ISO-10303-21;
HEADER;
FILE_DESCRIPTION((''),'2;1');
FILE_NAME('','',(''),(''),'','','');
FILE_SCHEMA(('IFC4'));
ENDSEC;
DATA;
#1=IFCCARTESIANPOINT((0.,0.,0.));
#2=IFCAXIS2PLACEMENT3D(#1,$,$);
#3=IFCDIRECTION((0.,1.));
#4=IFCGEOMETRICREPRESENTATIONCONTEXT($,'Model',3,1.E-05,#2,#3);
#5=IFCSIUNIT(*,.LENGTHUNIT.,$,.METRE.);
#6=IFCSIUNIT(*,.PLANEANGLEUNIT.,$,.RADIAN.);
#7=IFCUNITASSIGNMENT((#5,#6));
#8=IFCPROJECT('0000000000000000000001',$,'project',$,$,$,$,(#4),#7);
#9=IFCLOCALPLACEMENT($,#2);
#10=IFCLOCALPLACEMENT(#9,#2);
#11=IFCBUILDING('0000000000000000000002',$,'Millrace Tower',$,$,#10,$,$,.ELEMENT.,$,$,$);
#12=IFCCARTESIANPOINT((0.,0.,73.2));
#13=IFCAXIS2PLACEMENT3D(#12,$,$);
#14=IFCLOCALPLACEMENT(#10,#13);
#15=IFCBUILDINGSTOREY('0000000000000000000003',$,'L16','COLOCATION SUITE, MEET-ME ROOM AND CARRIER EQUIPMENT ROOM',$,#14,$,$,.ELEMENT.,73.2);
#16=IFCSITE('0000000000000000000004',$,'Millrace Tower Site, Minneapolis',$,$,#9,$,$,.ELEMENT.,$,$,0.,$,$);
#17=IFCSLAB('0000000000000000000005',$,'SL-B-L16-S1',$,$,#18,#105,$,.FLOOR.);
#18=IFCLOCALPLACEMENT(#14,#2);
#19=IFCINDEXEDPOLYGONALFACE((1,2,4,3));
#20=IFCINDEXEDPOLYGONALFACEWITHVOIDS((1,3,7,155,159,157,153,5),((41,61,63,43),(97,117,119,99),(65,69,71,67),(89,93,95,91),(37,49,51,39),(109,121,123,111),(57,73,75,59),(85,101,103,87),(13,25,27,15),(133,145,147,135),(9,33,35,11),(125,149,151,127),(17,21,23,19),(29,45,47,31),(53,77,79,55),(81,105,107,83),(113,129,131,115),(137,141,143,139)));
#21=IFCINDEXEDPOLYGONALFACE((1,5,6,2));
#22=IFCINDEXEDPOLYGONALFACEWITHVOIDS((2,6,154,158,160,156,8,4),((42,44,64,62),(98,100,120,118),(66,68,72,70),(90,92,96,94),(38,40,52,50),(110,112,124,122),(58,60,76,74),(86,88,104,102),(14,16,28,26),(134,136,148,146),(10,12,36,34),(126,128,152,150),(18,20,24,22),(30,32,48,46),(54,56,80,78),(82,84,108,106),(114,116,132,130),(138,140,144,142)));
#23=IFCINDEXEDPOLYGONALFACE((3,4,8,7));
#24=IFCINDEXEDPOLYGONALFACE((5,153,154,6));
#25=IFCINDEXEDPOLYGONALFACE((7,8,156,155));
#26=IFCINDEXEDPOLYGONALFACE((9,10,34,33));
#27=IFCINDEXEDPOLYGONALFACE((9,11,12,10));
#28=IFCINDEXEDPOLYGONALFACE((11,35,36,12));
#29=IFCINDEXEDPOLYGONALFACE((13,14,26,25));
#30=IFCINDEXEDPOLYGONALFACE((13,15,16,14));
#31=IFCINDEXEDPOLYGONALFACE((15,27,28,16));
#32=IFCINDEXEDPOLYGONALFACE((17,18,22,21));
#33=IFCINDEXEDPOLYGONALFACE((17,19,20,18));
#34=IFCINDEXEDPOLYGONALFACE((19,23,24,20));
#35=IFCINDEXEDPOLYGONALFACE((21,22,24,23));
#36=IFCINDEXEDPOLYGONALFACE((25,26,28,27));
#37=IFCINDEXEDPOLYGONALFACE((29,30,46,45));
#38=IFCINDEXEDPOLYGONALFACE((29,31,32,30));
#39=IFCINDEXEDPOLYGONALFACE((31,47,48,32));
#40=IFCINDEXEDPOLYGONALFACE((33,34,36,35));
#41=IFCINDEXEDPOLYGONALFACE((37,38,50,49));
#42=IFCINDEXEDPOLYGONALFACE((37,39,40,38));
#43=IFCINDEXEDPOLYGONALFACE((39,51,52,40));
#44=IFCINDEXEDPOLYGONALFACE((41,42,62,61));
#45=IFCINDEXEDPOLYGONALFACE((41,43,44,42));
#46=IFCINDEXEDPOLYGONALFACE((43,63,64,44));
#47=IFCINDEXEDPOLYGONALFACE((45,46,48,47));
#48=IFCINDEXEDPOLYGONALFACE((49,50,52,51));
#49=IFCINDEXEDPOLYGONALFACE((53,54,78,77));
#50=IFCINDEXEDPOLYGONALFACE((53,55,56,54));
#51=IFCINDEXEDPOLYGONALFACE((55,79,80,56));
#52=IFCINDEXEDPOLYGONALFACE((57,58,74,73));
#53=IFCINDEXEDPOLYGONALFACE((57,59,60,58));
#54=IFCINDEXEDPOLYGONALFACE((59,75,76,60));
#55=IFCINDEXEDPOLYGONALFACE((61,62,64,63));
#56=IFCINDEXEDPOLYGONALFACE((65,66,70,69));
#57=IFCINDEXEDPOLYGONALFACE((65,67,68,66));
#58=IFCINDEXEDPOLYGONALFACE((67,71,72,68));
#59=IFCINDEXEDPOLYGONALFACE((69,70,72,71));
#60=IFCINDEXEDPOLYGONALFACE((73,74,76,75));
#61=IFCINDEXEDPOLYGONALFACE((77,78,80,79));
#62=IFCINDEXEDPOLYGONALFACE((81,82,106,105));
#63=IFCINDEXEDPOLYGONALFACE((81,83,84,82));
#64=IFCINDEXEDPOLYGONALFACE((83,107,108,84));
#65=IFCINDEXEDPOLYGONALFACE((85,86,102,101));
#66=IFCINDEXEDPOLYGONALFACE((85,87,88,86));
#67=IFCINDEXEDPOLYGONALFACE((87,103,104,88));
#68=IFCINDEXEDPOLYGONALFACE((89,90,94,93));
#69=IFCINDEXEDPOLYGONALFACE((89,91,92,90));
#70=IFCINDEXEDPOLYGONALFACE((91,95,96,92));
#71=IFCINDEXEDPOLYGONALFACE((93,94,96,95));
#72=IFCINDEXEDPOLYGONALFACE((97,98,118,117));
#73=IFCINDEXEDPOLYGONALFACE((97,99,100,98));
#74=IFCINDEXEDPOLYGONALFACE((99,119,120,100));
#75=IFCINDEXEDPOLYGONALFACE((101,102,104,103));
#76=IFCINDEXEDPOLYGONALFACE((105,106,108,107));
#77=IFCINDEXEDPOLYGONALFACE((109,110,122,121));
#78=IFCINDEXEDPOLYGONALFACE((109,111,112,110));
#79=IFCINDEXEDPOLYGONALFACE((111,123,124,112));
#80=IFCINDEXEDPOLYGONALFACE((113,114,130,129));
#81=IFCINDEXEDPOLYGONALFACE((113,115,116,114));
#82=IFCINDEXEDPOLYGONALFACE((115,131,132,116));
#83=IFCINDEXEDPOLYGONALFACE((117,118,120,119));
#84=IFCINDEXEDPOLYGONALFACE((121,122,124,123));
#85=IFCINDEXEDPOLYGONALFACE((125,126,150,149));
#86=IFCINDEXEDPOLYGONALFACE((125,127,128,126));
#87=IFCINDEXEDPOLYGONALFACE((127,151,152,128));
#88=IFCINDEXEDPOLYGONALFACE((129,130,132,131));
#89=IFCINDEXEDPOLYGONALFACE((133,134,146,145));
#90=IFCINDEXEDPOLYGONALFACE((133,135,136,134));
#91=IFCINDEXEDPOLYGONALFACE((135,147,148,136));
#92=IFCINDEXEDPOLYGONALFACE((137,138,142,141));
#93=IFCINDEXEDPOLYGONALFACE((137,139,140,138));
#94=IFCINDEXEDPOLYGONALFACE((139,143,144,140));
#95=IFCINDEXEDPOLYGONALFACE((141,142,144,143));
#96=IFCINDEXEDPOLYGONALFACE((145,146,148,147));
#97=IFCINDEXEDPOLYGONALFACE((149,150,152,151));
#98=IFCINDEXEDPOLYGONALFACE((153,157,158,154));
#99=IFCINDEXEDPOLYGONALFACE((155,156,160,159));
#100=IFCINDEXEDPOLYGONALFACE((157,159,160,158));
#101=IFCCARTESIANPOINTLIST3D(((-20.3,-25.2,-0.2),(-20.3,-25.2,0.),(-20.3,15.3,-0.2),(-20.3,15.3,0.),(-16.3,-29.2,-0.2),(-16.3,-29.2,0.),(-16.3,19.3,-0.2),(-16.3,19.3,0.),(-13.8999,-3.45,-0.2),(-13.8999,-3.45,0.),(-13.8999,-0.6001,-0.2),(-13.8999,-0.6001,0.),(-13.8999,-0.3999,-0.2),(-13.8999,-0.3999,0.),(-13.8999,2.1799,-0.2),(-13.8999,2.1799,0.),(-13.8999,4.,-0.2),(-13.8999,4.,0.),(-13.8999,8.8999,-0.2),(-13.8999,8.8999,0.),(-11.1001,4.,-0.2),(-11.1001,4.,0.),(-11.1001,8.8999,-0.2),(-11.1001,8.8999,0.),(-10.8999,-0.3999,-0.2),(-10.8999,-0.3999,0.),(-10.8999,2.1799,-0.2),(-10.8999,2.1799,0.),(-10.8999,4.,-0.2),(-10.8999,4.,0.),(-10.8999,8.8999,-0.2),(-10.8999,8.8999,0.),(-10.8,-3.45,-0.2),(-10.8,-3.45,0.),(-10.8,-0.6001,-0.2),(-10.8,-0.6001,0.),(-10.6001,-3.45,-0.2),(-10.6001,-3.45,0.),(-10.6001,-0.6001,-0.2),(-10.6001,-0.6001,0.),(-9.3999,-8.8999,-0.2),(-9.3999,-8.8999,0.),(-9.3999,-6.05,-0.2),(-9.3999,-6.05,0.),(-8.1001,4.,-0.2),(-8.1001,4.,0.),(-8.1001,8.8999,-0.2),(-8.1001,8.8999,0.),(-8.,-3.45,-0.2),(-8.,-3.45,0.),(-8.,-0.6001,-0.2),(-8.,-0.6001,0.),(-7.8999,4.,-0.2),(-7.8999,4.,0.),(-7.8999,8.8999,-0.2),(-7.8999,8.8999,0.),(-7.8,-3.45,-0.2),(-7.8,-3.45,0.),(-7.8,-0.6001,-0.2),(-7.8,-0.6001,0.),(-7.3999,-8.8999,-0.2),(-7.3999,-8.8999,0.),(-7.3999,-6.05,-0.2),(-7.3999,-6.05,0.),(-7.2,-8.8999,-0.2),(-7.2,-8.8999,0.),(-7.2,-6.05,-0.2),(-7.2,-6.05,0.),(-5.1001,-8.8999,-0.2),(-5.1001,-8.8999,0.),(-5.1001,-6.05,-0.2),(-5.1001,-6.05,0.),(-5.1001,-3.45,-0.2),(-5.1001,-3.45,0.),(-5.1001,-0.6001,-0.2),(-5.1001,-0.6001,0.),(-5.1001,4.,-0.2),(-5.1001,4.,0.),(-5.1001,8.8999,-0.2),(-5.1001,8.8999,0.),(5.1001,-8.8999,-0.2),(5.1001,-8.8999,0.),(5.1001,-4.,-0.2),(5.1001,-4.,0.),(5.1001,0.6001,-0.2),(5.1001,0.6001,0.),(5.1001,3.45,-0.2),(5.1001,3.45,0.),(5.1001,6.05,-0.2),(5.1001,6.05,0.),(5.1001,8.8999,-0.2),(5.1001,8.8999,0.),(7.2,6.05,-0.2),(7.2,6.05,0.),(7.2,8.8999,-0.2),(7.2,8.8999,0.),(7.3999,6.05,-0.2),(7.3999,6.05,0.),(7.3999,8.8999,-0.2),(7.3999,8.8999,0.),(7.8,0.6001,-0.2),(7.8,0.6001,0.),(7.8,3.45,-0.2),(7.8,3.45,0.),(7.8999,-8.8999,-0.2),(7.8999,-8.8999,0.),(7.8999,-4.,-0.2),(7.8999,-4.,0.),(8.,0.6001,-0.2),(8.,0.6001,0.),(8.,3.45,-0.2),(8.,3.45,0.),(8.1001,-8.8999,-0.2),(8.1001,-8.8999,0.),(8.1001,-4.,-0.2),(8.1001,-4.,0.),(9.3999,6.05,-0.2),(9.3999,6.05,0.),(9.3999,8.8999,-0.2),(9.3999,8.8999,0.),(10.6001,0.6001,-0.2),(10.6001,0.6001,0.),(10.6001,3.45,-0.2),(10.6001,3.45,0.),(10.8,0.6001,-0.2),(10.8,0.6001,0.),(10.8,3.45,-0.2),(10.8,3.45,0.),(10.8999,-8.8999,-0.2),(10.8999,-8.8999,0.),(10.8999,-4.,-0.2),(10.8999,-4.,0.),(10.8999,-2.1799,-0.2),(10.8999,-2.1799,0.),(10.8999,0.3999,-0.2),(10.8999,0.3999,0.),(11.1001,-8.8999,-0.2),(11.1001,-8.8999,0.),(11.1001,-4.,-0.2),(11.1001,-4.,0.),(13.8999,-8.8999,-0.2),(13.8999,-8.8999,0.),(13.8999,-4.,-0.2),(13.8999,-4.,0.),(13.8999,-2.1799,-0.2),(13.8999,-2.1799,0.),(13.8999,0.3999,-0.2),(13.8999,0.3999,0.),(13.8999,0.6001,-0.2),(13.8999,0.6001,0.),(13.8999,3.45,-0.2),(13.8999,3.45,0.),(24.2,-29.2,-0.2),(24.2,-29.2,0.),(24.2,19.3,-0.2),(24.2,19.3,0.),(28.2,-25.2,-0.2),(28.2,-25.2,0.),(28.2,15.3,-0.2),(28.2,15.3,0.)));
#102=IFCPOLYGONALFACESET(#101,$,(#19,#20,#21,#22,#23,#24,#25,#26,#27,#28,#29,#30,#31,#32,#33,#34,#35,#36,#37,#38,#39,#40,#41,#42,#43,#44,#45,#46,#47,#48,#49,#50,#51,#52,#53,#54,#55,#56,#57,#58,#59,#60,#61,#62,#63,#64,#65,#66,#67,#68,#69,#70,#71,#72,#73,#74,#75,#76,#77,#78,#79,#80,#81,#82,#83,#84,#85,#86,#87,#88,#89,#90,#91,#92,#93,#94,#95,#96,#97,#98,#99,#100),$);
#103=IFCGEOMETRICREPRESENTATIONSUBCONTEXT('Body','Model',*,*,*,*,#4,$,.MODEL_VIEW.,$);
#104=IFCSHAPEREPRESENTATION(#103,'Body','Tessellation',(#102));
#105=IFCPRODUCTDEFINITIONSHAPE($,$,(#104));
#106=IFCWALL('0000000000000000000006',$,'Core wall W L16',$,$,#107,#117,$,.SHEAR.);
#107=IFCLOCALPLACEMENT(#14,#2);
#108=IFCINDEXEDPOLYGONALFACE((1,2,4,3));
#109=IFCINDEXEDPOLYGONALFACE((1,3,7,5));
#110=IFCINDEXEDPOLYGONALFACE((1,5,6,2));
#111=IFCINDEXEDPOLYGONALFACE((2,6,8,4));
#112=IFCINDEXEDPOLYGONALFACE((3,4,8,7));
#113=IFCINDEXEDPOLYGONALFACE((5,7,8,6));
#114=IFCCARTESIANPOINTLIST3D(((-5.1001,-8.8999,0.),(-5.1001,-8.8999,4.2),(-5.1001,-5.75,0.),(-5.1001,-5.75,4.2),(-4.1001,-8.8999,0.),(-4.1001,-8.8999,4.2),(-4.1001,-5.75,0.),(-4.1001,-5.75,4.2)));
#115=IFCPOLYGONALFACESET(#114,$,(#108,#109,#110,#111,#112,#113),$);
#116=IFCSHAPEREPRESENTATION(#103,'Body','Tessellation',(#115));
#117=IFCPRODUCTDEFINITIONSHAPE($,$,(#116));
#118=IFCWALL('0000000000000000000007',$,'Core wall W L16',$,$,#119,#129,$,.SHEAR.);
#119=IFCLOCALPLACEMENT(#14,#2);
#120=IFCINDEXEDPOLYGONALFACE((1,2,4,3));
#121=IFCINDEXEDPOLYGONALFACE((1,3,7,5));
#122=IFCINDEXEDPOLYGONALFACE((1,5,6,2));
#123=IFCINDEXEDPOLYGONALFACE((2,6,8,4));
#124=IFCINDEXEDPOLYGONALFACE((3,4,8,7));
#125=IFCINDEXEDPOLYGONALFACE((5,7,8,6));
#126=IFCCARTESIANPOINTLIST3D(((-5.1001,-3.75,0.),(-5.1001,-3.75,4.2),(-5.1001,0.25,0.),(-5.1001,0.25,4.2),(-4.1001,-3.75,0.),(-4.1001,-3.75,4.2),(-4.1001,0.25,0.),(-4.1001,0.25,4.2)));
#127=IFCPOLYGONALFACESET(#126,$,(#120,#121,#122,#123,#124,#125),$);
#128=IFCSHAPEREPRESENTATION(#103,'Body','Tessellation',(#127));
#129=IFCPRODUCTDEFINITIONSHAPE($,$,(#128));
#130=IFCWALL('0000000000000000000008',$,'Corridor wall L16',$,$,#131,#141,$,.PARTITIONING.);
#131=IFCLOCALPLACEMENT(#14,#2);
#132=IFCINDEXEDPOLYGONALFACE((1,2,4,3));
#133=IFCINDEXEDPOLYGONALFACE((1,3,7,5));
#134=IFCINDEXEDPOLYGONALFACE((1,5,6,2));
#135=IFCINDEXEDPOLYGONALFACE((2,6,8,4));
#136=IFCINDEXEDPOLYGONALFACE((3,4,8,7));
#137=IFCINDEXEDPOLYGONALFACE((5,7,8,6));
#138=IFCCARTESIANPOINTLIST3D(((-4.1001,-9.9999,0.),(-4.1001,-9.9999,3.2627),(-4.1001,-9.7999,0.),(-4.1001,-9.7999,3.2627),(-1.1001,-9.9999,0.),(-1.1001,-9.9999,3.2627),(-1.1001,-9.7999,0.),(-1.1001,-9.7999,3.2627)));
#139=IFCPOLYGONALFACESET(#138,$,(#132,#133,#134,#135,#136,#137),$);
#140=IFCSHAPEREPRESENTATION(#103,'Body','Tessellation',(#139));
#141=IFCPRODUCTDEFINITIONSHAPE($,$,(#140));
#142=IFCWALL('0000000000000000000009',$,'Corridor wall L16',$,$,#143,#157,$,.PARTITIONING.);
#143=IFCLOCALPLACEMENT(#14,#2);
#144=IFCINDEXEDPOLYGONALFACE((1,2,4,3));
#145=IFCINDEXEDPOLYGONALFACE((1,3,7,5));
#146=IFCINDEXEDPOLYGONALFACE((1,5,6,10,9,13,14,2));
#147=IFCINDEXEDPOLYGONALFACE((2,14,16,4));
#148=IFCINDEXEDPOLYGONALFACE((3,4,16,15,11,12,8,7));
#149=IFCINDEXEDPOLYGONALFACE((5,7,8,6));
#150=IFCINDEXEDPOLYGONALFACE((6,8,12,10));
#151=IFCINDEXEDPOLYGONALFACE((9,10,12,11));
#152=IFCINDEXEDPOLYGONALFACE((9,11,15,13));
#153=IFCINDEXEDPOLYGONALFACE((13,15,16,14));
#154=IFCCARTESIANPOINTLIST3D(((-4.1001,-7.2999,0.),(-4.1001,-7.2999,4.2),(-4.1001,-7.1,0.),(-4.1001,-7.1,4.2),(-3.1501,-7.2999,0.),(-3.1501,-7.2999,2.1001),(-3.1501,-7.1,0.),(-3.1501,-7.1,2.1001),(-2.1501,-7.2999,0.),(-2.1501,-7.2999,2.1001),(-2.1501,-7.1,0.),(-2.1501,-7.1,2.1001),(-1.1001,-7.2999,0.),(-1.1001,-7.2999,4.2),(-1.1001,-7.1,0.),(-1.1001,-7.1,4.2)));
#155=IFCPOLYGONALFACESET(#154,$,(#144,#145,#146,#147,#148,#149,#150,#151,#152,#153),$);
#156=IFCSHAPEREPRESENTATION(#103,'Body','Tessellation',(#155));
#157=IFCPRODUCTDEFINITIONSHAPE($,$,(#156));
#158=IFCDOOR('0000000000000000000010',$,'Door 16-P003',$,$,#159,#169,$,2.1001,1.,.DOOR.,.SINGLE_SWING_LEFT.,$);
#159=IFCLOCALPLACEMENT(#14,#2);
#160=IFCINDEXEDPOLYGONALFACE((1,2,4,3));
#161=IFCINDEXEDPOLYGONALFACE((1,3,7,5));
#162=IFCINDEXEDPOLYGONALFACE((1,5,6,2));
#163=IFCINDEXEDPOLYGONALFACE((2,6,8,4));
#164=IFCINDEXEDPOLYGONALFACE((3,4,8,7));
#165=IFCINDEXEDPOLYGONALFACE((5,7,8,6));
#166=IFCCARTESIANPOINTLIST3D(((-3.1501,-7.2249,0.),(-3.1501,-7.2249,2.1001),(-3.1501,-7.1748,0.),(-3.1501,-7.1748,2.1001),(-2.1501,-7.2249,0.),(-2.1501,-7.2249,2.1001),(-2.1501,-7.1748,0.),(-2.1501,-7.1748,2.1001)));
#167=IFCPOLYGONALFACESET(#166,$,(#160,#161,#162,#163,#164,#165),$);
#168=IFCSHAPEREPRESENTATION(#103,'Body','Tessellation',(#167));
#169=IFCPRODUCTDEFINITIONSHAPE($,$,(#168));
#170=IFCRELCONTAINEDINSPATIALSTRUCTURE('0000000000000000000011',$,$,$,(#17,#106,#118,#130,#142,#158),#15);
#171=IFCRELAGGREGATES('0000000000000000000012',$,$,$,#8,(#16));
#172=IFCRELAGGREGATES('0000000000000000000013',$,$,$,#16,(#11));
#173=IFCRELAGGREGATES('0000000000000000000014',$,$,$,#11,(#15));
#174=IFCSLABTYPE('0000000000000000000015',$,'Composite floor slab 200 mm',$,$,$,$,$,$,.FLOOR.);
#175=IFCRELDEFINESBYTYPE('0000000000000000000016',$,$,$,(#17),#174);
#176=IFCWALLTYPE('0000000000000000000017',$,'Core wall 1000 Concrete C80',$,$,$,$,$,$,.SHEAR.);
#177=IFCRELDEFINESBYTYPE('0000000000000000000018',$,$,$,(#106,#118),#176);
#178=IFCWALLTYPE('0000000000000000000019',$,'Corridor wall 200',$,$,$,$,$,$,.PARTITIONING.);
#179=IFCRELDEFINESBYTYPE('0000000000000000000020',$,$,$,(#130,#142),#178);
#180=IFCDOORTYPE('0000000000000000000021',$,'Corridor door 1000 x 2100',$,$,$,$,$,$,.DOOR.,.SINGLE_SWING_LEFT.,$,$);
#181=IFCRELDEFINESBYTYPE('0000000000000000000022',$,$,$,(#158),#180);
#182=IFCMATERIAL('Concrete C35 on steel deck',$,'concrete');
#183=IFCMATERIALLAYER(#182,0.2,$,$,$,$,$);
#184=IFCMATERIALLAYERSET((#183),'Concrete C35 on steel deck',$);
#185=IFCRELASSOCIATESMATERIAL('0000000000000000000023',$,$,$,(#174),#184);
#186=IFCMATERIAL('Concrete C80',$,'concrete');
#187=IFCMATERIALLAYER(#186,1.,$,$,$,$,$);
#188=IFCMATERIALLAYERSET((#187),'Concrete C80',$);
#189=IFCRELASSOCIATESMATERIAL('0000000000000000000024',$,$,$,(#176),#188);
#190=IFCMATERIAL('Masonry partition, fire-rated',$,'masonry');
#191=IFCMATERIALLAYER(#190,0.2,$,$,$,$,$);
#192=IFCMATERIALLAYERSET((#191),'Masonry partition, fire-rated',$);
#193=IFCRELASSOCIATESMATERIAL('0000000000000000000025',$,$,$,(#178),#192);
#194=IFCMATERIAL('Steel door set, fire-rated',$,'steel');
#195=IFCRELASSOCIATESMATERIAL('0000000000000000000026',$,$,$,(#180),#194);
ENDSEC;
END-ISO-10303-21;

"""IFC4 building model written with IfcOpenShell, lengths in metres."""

from ifc_helpers import new_model, si_unit, direction, frame, frame_2d, origin, place, context, subcontext, project, spatial, polyline, rectangle, outline, extrude, material, layer, layer_set, type_object, element, fill, save


model = new_model("IFC4")

# Units and contexts
model_context = context("Model", 3, precision=1e-05, world=origin(), true_north=direction((0.0, 1.0)))
body_context = subcontext(model_context, "Body", "Model", "MODEL_VIEW")
ifc_project = project(units=[si_unit("LENGTHUNIT", "METRE"), si_unit("PLANEANGLEUNIT", "RADIAN")], contexts=[model_context])

# Site, building, storey
site_placement = place(None, origin())
site = spatial("IfcSite", under=ifc_project, at=site_placement, Name="Millrace Tower Site, Minneapolis", CompositionType="ELEMENT", RefElevation=0.0)
building_placement = place(site_placement, origin())
building = spatial("IfcBuilding", under=site, at=building_placement, Name="Millrace Tower", CompositionType="ELEMENT")
storey_placement = place(building_placement, frame((0.0, 0.0, 73.2)))
storey = spatial("IfcBuildingStorey", under=building, at=storey_placement, Name="L16", Description="COLOCATION SUITE, MEET-ME ROOM AND CARRIER EQUIPMENT ROOM", CompositionType="ELEMENT", Elevation=73.2)

# Slab
ifc_material_1 = material(Name="Concrete C35 on steel deck", Category="concrete")
ifc_layer_1 = layer(ifc_material_1, 0.2)
ifc_layer_set_1 = layer_set([ifc_layer_1], Name="Concrete C35 on steel deck")
slab_type = type_object("IfcSlabType", Name="Composite floor slab 200 mm", PredefinedType="FLOOR", material=ifc_layer_set_1)
slab_placement = place(storey_placement, frame((0.0, 0.0, -0.2)))
element("IfcSlab", 1, at=slab_placement, inside=storey, type_object=slab_type, Name="SL-B-L16-S1", PredefinedType="FLOOR", context=body_context, shape_type="SweptSolid", body=[
    extrude(outline(polyline([(-20.3, -25.2), (-16.3, -29.2), (24.2, -29.2), (28.2, -25.2), (28.2, 15.3), (24.2, 19.3), (-16.3, 19.3), (-20.3, 15.3), (-20.3, -25.2)]), holes=[polyline([(-9.3999, -8.8999), (-7.3999, -8.8999), (-7.3999, -6.05), (-9.3999, -6.05), (-9.3999, -8.8999)]), polyline([(-7.2, -8.8999), (-5.1001, -8.8999), (-5.1001, -6.05), (-7.2, -6.05), (-7.2, -8.8999)]), polyline([(-13.8999, -3.45), (-10.8, -3.45), (-10.8, -0.6001), (-13.8999, -0.6001), (-13.8999, -3.45)]), polyline([(-10.6001, -3.45), (-8.0, -3.45), (-8.0, -0.6001), (-10.6001, -0.6001), (-10.6001, -3.45)]), polyline([(-7.8, -3.45), (-5.1001, -3.45), (-5.1001, -0.6001), (-7.8, -0.6001), (-7.8, -3.45)]), polyline([(-13.8999, -0.3999), (-10.8999, -0.3999), (-10.8999, 2.1799), (-13.8999, 2.1799), (-13.8999, -0.3999)]), polyline([(-13.8999, 4.0), (-11.1001, 4.0), (-11.1001, 8.8999), (-13.8999, 8.8999), (-13.8999, 4.0)]), polyline([(-10.8999, 4.0), (-8.1001, 4.0), (-8.1001, 8.8999), (-10.8999, 8.8999), (-10.8999, 4.0)]), polyline([(-7.8999, 4.0), (-5.1001, 4.0), (-5.1001, 8.8999), (-7.8999, 8.8999), (-7.8999, 4.0)]), polyline([(7.3999, 6.05), (9.3999, 6.05), (9.3999, 8.8999), (7.3999, 8.8999), (7.3999, 6.05)]), polyline([(5.1001, 6.05), (7.2, 6.05), (7.2, 8.8999), (5.1001, 8.8999), (5.1001, 6.05)]), polyline([(10.8, 0.6001), (13.8999, 0.6001), (13.8999, 3.45), (10.8, 3.45), (10.8, 0.6001)]), polyline([(8.0, 0.6001), (10.6001, 0.6001), (10.6001, 3.45), (8.0, 3.45), (8.0, 0.6001)]), polyline([(5.1001, 0.6001), (7.8, 0.6001), (7.8, 3.45), (5.1001, 3.45), (5.1001, 0.6001)]), polyline([(10.8999, -2.1799), (13.8999, -2.1799), (13.8999, 0.3999), (10.8999, 0.3999), (10.8999, -2.1799)]), polyline([(11.1001, -8.8999), (13.8999, -8.8999), (13.8999, -4.0), (11.1001, -4.0), (11.1001, -8.8999)]), polyline([(8.1001, -8.8999), (10.8999, -8.8999), (10.8999, -4.0), (8.1001, -4.0), (8.1001, -8.8999)]), polyline([(5.1001, -8.8999), (7.8999, -8.8999), (7.8999, -4.0), (5.1001, -4.0), (5.1001, -8.8999)])]), origin(), (0.0, 0.0, 1.0), 0.2),
])

# Walls
ifc_material_2 = material(Name="Concrete C80", Category="concrete")
ifc_layer_2 = layer(ifc_material_2, 1.0)
ifc_layer_set_2 = layer_set([ifc_layer_2], Name="Concrete C80")
wall_type_1 = type_object("IfcWallType", Name="Core wall 1000 Concrete C80", PredefinedType="SHEAR", material=ifc_layer_set_2)
wall_1_placement = place(storey_placement, frame((-4.6001, -8.8999, 0.0), z_axis=(0.0, 0.0, 1.0), x_axis=(0.0, 1.0, 0.0)))
element("IfcWall", 2, at=wall_1_placement, inside=storey, type_object=wall_type_1, Name="Core wall W L16", PredefinedType="SHEAR", context=body_context, shape_type="SweptSolid", body=[
    extrude(rectangle(XDim=3.1499, YDim=1.0, at=frame_2d((1.575, 0.0))), origin(), (0.0, 0.0, 1.0), 4.2),
])
wall_2_placement = place(storey_placement, frame((-4.6001, -3.75, 0.0), z_axis=(0.0, 0.0, 1.0), x_axis=(0.0, 1.0, 0.0)))
element("IfcWall", 3, at=wall_2_placement, inside=storey, type_object=wall_type_1, Name="Core wall W L16", PredefinedType="SHEAR", context=body_context, shape_type="SweptSolid", body=[
    extrude(rectangle(XDim=4.0, YDim=1.0, at=frame_2d((2.0, 0.0))), origin(), (0.0, 0.0, 1.0), 4.2),
])
ifc_material_3 = material(Name="Masonry partition, fire-rated", Category="masonry")
ifc_layer_3 = layer(ifc_material_3, 0.2)
ifc_layer_set_3 = layer_set([ifc_layer_3], Name="Masonry partition, fire-rated")
wall_type_2 = type_object("IfcWallType", Name="Corridor wall 200", PredefinedType="PARTITIONING", material=ifc_layer_set_3)
wall_3_placement = place(storey_placement, frame((-4.1001, -9.8999, 0.0), z_axis=(0.0, 0.0, 1.0), x_axis=(1.0, 0.0, 0.0)))
element("IfcWall", 4, at=wall_3_placement, inside=storey, type_object=wall_type_2, Name="Corridor wall L16", PredefinedType="PARTITIONING", context=body_context, shape_type="SweptSolid", body=[
    extrude(rectangle(XDim=3.0, YDim=0.2, at=frame_2d((1.5, 0.0))), origin(), (0.0, 0.0, 1.0), 3.2627),
])

# Wall, opening, door
wall_4_placement = place(storey_placement, frame((-4.1001, -7.2, 0.0), z_axis=(0.0, 0.0, 1.0), x_axis=(1.0, 0.0, 0.0)))
wall_4 = element("IfcWall", 5, at=wall_4_placement, inside=storey, type_object=wall_type_2, Name="Corridor wall L16", PredefinedType="PARTITIONING", context=body_context, shape_type="SweptSolid", body=[
    extrude(rectangle(XDim=3.0, YDim=0.2, at=frame_2d((1.5, 0.0))), origin(), (0.0, 0.0, 1.0), 4.2),
])
opening_1_placement = place(wall_4_placement, frame((0.95, 0.0, 0.0)))
opening_1 = element("IfcOpeningElement", 6, at=opening_1_placement, cuts=wall_4, PredefinedType="OPENING", context=body_context, shape_type="SweptSolid", body=[
    extrude(rectangle(XDim=1.0, YDim=2.1001, at=frame_2d((0.5, 1.05))), frame((0.0, 0.1099, 0.0), z_axis=(0.0, -1.0, 0.0), x_axis=(1.0, 0.0, 0.0)), (0.0, 0.0, 1.0), 0.22),
])
ifc_material_4 = material(Name="Steel door set, fire-rated", Category="steel")
door_type_1 = type_object("IfcDoorType", Name="Corridor door 1000 x 2100", OperationType="SINGLE_SWING_LEFT", PredefinedType="DOOR", material=ifc_material_4)
door_1_placement = place(opening_1_placement, frame((1.0, 0.0, 0.0), z_axis=(0.0, 0.0, 1.0), x_axis=(-1.0, 0.0, 0.0)))
door_1 = element("IfcDoor", 7, at=door_1_placement, inside=storey, type_object=door_type_1, Name="Door 16-P003", OperationType="SINGLE_SWING_LEFT", OverallHeight=2.1001, OverallWidth=1.0, PredefinedType="DOOR", context=body_context, shape_type="SweptSolid", body=[
    extrude(rectangle(XDim=1.0, YDim=2.1001, at=frame_2d((0.5, 1.05))), frame((0.0, 0.0249, 0.0), z_axis=(0.0, -1.0, 0.0), x_axis=(1.0, 0.0, 0.0)), (0.0, 0.0, 1.0), 0.05),
])
fill(opening_1, door_1)

save(model, "model.ifc")
